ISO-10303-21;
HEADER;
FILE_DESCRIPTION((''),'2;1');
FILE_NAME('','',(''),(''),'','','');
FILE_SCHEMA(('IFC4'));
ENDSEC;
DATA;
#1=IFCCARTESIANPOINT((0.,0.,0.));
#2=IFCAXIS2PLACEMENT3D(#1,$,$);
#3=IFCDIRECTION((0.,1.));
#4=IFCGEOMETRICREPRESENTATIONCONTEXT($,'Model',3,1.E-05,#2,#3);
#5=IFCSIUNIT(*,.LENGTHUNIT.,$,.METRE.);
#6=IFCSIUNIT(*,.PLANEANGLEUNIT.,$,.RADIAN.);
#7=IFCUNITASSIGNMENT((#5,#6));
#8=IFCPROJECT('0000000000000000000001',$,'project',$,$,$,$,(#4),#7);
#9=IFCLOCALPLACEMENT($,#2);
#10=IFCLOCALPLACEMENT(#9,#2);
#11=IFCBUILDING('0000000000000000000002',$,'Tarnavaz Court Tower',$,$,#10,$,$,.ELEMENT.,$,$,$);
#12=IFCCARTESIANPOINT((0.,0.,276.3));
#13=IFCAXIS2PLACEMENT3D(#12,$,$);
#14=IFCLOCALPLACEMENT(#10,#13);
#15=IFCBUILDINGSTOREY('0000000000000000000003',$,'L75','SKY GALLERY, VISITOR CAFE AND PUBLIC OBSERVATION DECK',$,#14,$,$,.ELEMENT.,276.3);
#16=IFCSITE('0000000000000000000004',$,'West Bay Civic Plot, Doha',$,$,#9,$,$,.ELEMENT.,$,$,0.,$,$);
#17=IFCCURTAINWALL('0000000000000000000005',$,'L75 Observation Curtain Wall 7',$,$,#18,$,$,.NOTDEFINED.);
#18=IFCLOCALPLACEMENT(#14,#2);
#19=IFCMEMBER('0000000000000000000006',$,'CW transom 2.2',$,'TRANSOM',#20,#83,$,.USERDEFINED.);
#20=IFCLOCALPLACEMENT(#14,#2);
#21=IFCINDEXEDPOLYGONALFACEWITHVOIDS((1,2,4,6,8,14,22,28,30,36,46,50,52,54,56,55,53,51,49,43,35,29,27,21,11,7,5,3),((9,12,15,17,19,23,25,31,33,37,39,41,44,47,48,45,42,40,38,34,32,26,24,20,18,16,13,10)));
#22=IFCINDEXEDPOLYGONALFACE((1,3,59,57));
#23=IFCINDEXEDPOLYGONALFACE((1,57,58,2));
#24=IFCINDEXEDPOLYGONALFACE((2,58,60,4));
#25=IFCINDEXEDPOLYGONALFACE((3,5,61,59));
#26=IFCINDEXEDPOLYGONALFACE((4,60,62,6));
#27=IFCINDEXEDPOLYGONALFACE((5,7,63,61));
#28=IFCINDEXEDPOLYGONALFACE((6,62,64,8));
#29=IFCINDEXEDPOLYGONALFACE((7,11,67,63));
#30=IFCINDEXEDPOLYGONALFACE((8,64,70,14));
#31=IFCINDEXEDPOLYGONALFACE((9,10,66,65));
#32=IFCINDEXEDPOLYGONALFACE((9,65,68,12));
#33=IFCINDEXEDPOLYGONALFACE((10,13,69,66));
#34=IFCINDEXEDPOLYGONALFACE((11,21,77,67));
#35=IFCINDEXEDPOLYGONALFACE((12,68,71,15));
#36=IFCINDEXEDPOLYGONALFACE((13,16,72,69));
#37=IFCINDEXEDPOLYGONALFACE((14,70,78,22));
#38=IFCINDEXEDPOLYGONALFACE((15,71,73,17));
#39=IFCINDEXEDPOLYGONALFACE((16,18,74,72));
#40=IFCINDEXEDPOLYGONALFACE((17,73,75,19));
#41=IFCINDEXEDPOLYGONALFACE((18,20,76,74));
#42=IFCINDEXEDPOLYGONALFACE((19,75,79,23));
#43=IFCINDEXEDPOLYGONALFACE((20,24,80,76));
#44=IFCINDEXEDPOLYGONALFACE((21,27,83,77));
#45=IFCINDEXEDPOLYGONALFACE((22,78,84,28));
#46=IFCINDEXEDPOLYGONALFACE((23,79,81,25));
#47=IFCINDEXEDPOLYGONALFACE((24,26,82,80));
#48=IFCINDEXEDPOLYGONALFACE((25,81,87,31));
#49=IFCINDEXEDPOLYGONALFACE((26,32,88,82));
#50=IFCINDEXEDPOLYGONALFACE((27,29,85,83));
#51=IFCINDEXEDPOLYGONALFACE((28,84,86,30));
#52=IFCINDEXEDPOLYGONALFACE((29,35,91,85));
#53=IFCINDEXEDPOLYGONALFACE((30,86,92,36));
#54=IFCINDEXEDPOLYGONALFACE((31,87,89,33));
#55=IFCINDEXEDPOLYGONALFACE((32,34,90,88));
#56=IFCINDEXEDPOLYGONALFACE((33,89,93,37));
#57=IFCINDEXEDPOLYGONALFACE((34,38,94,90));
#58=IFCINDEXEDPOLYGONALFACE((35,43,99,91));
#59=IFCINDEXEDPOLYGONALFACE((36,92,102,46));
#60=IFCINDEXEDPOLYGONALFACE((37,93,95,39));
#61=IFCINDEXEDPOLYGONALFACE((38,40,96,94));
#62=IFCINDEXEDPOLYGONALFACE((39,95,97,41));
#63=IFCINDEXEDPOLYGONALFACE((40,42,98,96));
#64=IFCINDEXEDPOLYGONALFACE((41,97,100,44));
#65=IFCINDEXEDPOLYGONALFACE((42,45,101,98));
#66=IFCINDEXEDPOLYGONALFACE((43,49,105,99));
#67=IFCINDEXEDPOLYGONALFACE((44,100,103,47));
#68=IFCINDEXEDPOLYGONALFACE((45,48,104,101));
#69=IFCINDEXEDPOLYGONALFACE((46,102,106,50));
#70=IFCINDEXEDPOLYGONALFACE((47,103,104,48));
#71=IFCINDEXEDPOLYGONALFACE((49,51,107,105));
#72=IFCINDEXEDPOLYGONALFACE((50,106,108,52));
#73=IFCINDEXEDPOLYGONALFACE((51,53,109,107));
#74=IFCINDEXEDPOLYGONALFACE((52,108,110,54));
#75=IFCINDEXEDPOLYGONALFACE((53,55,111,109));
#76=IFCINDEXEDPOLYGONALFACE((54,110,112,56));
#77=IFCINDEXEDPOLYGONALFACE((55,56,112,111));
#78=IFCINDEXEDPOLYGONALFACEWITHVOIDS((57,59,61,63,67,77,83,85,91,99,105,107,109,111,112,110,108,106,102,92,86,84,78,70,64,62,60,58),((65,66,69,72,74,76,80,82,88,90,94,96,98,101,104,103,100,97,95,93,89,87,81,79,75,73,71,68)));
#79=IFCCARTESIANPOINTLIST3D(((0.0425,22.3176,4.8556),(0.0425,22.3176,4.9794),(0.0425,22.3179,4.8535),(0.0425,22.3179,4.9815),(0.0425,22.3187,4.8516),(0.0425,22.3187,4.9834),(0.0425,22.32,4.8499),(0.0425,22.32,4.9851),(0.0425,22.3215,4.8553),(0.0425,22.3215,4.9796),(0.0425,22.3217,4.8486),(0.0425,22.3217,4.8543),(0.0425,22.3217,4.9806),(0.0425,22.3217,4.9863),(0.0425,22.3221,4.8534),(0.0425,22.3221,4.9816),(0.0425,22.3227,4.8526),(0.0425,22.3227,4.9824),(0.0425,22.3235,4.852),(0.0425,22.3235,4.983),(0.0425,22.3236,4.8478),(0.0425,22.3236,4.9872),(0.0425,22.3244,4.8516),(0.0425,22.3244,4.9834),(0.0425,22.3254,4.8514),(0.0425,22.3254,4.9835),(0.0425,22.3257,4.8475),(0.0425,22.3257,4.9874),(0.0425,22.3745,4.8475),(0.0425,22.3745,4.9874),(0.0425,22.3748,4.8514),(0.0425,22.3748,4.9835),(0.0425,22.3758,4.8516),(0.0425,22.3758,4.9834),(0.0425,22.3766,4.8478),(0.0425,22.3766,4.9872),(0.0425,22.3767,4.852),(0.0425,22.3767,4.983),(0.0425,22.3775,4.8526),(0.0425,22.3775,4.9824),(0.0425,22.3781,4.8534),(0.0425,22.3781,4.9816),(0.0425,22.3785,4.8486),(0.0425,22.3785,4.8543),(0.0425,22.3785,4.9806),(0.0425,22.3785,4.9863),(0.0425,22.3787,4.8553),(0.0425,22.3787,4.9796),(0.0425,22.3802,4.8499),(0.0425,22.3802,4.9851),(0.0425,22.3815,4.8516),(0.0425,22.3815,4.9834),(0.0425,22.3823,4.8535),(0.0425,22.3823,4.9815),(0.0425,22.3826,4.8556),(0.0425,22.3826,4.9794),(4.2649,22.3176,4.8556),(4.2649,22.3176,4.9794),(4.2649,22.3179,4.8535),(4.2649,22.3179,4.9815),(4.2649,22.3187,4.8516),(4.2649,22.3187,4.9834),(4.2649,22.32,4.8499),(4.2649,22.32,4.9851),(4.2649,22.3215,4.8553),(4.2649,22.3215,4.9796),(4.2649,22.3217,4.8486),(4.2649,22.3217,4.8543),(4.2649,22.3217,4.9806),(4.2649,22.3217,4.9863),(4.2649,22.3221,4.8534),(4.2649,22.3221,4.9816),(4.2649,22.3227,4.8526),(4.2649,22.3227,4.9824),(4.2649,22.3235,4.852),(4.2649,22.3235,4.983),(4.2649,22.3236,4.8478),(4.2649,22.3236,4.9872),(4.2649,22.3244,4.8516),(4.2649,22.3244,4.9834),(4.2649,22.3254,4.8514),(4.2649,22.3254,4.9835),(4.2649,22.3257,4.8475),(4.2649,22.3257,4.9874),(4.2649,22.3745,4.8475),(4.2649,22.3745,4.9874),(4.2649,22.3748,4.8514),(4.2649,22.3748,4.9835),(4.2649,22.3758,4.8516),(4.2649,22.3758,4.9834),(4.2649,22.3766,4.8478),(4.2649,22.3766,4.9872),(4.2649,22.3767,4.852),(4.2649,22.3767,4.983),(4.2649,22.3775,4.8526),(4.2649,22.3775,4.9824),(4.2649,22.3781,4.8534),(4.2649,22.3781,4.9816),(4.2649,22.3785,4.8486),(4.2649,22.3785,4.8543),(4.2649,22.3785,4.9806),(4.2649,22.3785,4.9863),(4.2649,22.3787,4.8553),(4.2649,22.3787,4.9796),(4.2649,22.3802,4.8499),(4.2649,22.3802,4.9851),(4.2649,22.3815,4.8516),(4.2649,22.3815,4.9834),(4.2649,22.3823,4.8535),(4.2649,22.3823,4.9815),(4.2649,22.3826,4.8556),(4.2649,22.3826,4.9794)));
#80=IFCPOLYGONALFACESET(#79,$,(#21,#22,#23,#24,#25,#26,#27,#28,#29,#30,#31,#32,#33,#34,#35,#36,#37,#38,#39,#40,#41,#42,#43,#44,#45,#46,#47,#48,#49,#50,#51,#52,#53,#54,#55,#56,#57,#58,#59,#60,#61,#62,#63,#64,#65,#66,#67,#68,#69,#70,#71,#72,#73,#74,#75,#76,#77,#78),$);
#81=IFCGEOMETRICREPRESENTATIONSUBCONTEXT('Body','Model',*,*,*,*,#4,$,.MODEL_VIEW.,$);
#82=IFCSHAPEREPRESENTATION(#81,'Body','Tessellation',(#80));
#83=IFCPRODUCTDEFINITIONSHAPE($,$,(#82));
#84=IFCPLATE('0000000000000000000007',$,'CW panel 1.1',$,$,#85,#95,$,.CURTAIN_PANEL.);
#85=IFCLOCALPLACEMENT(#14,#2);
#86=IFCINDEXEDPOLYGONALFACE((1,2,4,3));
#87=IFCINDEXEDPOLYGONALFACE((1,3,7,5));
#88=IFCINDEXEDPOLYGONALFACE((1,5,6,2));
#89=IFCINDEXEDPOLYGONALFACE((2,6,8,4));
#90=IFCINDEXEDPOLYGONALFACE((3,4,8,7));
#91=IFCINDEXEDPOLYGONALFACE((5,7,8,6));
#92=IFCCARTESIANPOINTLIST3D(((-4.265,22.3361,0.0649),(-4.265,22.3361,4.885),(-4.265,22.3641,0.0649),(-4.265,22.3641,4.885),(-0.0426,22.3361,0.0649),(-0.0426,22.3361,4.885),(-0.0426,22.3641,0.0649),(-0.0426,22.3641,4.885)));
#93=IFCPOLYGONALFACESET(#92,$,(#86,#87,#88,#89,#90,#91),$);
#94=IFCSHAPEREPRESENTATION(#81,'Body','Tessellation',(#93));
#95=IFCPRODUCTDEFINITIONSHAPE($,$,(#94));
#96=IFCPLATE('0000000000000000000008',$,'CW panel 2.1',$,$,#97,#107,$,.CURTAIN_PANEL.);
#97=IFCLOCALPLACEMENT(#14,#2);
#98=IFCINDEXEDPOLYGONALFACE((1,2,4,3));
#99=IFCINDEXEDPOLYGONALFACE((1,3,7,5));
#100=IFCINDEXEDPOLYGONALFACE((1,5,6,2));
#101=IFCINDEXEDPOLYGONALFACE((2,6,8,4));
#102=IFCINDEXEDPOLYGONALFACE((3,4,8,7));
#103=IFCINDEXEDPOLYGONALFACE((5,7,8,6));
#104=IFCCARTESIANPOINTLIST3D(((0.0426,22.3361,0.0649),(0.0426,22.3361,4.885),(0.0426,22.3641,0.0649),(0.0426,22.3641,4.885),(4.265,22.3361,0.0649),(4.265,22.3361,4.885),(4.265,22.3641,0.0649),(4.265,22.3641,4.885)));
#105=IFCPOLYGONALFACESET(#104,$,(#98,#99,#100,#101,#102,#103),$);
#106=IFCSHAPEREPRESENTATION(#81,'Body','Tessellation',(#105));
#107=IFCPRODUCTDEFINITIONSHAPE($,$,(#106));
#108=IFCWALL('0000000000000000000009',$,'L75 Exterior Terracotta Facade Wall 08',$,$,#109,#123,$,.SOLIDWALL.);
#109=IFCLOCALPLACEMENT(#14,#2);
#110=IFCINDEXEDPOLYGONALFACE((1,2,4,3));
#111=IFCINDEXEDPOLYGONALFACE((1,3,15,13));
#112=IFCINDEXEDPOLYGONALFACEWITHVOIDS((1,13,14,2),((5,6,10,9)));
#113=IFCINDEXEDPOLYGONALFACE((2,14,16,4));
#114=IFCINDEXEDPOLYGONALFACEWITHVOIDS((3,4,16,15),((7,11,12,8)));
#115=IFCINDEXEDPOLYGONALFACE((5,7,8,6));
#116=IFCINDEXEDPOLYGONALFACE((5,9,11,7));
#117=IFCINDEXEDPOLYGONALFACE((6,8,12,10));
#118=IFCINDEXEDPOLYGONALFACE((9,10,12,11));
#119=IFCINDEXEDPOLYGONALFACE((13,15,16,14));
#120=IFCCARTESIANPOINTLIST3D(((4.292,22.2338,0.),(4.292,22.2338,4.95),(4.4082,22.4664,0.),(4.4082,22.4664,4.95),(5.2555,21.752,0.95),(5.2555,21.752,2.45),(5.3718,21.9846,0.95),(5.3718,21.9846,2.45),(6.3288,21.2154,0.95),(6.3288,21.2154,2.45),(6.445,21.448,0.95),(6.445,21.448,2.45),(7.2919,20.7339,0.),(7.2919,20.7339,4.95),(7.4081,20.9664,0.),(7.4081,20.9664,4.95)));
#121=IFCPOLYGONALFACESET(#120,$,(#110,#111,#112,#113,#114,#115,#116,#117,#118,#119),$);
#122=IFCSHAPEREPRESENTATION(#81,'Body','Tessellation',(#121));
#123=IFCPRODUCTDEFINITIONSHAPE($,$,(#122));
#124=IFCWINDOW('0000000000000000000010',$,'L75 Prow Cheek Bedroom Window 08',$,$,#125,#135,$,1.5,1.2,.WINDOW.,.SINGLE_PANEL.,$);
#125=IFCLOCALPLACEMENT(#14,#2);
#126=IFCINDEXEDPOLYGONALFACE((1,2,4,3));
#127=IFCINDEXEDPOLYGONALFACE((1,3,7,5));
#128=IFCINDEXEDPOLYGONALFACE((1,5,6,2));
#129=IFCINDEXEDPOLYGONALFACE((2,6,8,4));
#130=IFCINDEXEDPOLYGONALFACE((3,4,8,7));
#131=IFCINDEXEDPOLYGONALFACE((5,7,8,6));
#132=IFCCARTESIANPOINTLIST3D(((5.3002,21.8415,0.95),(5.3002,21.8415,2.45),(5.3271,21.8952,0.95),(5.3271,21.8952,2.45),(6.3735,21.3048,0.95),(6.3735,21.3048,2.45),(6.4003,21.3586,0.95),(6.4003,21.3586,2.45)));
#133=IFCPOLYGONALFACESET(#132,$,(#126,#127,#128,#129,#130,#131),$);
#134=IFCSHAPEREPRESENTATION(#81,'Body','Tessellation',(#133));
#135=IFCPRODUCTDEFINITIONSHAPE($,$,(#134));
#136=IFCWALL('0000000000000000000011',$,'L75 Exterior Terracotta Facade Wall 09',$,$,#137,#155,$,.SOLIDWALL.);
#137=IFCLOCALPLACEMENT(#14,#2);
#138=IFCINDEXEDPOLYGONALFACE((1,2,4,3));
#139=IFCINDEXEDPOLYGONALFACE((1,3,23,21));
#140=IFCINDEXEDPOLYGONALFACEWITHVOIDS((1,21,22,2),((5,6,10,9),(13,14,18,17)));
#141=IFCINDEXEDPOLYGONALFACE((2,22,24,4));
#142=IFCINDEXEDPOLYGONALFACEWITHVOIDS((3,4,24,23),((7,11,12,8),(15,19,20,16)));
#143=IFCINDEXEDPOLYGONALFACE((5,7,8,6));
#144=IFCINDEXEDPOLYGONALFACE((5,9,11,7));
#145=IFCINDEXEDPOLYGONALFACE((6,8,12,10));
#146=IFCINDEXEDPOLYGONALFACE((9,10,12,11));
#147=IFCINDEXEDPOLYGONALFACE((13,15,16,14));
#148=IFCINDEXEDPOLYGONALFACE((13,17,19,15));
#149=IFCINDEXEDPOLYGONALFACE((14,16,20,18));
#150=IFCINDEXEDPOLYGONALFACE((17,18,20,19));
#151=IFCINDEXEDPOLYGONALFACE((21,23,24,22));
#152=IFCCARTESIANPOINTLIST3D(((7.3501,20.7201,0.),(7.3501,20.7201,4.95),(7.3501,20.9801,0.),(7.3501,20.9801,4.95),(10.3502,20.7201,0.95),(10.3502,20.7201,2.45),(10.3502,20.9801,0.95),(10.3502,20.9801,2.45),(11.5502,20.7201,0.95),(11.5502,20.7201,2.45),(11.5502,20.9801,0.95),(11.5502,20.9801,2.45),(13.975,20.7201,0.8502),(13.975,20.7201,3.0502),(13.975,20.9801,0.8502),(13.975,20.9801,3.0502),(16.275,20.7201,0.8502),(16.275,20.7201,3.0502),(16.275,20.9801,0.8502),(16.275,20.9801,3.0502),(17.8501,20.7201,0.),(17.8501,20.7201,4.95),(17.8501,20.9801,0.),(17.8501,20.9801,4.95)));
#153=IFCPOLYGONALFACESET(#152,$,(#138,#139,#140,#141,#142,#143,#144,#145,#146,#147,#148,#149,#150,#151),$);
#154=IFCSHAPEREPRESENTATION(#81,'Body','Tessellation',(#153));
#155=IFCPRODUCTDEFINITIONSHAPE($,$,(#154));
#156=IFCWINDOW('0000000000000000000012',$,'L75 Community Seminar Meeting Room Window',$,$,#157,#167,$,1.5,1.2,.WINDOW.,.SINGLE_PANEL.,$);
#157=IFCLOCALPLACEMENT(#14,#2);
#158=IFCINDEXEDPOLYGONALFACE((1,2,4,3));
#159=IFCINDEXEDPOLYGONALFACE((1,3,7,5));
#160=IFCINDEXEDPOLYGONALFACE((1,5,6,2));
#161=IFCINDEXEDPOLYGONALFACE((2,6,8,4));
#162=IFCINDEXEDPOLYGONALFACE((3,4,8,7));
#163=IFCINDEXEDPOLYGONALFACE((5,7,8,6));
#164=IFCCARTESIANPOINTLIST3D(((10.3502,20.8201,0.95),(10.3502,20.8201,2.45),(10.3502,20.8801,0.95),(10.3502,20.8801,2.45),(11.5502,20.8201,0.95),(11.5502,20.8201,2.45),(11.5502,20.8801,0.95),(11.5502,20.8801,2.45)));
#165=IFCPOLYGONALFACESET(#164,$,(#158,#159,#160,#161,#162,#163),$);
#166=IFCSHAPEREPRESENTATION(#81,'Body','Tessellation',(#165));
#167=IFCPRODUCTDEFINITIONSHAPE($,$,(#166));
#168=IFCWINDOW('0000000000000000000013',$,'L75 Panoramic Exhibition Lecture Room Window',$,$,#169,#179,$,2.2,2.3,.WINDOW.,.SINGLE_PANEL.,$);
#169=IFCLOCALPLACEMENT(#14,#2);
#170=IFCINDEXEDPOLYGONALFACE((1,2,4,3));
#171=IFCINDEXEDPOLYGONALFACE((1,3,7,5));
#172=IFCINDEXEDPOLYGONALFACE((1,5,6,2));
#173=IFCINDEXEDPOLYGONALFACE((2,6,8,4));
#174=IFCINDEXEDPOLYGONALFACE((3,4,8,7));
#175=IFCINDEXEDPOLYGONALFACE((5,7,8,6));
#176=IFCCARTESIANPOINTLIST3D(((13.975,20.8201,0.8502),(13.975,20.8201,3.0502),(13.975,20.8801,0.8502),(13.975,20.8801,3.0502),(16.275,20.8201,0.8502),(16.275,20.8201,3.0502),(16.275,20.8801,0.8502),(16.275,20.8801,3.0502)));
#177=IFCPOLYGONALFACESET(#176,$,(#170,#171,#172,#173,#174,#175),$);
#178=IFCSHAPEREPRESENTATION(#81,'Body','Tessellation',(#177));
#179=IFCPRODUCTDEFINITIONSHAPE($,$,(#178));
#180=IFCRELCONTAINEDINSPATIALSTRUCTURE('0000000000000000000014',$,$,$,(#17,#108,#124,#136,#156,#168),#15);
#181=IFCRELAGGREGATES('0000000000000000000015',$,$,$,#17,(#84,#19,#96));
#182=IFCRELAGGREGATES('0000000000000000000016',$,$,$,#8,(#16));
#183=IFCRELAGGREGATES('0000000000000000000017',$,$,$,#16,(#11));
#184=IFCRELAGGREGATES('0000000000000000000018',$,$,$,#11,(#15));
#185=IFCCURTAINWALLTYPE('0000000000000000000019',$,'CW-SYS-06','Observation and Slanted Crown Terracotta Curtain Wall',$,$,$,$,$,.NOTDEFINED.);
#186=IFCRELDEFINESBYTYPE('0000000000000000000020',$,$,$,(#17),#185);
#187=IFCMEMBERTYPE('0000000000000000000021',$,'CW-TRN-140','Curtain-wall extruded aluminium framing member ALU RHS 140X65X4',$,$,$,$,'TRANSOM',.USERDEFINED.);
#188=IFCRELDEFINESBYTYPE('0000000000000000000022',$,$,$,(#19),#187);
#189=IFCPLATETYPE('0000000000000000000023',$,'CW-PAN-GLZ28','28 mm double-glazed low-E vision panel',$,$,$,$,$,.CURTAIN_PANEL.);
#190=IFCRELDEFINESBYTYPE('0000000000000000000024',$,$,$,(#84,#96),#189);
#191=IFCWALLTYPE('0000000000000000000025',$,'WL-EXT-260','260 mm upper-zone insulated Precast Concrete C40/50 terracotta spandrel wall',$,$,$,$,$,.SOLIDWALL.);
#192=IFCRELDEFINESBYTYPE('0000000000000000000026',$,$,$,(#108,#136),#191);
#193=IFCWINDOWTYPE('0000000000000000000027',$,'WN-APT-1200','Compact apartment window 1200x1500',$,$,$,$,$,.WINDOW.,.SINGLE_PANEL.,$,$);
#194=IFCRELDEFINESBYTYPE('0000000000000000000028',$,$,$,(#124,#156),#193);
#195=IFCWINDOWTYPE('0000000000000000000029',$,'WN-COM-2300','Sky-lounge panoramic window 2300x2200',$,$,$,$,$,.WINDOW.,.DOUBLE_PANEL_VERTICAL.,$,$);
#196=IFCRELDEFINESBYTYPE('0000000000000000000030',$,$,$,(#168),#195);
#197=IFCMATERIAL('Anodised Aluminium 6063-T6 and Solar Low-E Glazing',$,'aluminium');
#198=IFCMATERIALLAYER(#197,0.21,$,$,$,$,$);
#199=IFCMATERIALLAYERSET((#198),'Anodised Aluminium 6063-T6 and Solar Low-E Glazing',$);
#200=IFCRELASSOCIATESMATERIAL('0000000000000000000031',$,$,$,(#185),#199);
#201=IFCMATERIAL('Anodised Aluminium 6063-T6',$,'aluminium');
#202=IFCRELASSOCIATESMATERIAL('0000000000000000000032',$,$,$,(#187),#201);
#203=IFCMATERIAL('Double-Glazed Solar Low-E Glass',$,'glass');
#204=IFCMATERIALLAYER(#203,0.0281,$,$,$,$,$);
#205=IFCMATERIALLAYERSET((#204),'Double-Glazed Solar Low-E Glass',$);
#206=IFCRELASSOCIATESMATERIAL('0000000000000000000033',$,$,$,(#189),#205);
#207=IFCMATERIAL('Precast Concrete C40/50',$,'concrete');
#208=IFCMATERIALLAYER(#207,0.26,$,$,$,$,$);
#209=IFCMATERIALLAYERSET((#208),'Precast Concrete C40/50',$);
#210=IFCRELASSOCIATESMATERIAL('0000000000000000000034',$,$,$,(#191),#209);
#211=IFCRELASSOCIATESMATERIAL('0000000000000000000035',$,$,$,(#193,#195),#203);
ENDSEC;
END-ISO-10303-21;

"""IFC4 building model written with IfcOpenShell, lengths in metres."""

from ifc_helpers import new_model, si_unit, direction, frame, frame_2d, origin, origin_2d, place, context, subcontext, project, spatial, rectangle, hollow_rectangle, extrude, material, layer, layer_set, material_profile, profile_set, type_object, element, fill, aggregate, save


model = new_model("IFC4")

# Units and contexts
model_context = context("Model", 3, precision=1e-05, world=origin(), true_north=direction((0.0, 1.0)))
body_context = subcontext(model_context, "Body", "Model", "MODEL_VIEW")
ifc_project = project(units=[si_unit("LENGTHUNIT", "METRE"), si_unit("PLANEANGLEUNIT", "RADIAN")], contexts=[model_context])

# Site, building, storey
site_placement = place(None, origin())
site = spatial("IfcSite", under=ifc_project, at=site_placement, Name="West Bay Civic Plot, Doha", CompositionType="ELEMENT", RefElevation=0.0)
building_placement = place(site_placement, origin())
building = spatial("IfcBuilding", under=site, at=building_placement, Name="Tarnavaz Court Tower", CompositionType="ELEMENT")
storey_placement = place(building_placement, frame((0.0, 0.0, 276.3)))
storey = spatial("IfcBuildingStorey", under=building, at=storey_placement, Name="L75", Description="SKY GALLERY, VISITOR CAFE AND PUBLIC OBSERVATION DECK", CompositionType="ELEMENT", Elevation=276.3)

# Curtain wall, member, plates
ifc_material_1 = material(Name="Anodised Aluminium 6063-T6 and Solar Low-E Glazing", Category="aluminium")
ifc_layer_1 = layer(ifc_material_1, 0.21)
ifc_layer_set_1 = layer_set([ifc_layer_1], Name="Anodised Aluminium 6063-T6 and Solar Low-E Glazing")
curtain_wall_type = type_object("IfcCurtainWallType", Name="CW-SYS-06", Description="Observation and Slanted Crown Terracotta Curtain Wall", PredefinedType="NOTDEFINED", material=ifc_layer_set_1)
curtain_wall_placement = place(storey_placement, origin())
curtain_wall = element("IfcCurtainWall", 1, at=curtain_wall_placement, inside=storey, type_object=curtain_wall_type, Name="L75 Observation Curtain Wall 7", PredefinedType="NOTDEFINED")
ifc_material_2 = material(Name="Anodised Aluminium 6063-T6", Category="aluminium")
ifc_material_profile_1 = material_profile(ifc_material_2, hollow_rectangle(XDim=0.0649, YDim=0.1399, WallThickness=0.0039, InnerFilletRadius=0.0039, OuterFilletRadius=0.0081, at=origin_2d()), Name="ALU RHS 140X65X4")
ifc_profile_set_1 = profile_set([ifc_material_profile_1], Name="Anodised Aluminium 6063-T6")
member_type_1 = type_object("IfcMemberType", Name="CW-TRN-140", Description="Curtain-wall extruded aluminium framing member ALU RHS 140X65X4", ElementType="TRANSOM", PredefinedType="USERDEFINED", material=ifc_profile_set_1)
member_1_placement = place(storey_placement, frame((0.0425, 22.3501, 4.9175), z_axis=(1.0, 0.0, 0.0), x_axis=(0.0, 1.0, 0.0)))
member_1 = element("IfcMember", 2, at=member_1_placement, type_object=member_type_1, Name="CW transom 2.2", ObjectType="TRANSOM", PredefinedType="USERDEFINED", context=body_context, shape_type="SweptSolid", body=[
    extrude(hollow_rectangle(XDim=0.0649, YDim=0.1399, WallThickness=0.0039, InnerFilletRadius=0.0039, OuterFilletRadius=0.0081, at=origin_2d()), origin(), (0.0, 0.0, 1.0), 4.2224),
])
ifc_material_3 = material(Name="Double-Glazed Solar Low-E Glass", Category="glass")
ifc_layer_2 = layer(ifc_material_3, 0.0281)
ifc_layer_set_2 = layer_set([ifc_layer_2], Name="Double-Glazed Solar Low-E Glass")
plate_type = type_object("IfcPlateType", Name="CW-PAN-GLZ28", Description="28 mm double-glazed low-E vision panel", PredefinedType="CURTAIN_PANEL", material=ifc_layer_set_2)
plate_1_placement = place(storey_placement, frame((-2.1538, 22.3501, 0.0649), z_axis=(0.0, 0.0, 1.0), x_axis=(1.0, 0.0, 0.0)))
plate_1 = element("IfcPlate", 3, at=plate_1_placement, type_object=plate_type, Name="CW panel 1.1", PredefinedType="CURTAIN_PANEL", context=body_context, shape_type="SweptSolid", body=[
    extrude(rectangle(XDim=4.2224, YDim=0.0281, at=origin_2d()), origin(), (0.0, 0.0, 1.0), 4.8201),
])
plate_2_placement = place(storey_placement, frame((2.1538, 22.3501, 0.0649), z_axis=(0.0, 0.0, 1.0), x_axis=(1.0, 0.0, 0.0)))
plate_2 = element("IfcPlate", 4, at=plate_2_placement, type_object=plate_type, Name="CW panel 2.1", PredefinedType="CURTAIN_PANEL", context=body_context, shape_type="SweptSolid", body=[
    extrude(rectangle(XDim=4.2224, YDim=0.0281, at=origin_2d()), origin(), (0.0, 0.0, 1.0), 4.8201),
])
aggregate(curtain_wall, [plate_1, member_1, plate_2])

# Wall, opening, window
ifc_material_4 = material(Name="Precast Concrete C40/50", Category="concrete")
ifc_layer_3 = layer(ifc_material_4, 0.26)
ifc_layer_set_3 = layer_set([ifc_layer_3], Name="Precast Concrete C40/50")
wall_type = type_object("IfcWallType", Name="WL-EXT-260", Description="260 mm upper-zone insulated Precast Concrete C40/50 terracotta spandrel wall", PredefinedType="SOLIDWALL", material=ifc_layer_set_3)
wall_1_placement = place(storey_placement, frame((4.3501, 22.3501, 0.0), z_axis=(0.0, 0.0, 1.0), x_axis=(0.894427, -0.447214, 0.0)))
wall_1 = element("IfcWall", 5, at=wall_1_placement, inside=storey, type_object=wall_type, Name="L75 Exterior Terracotta Facade Wall 08", PredefinedType="SOLIDWALL", context=body_context, shape_type="SweptSolid", body=[
    extrude(rectangle(XDim=3.354, YDim=0.26, at=frame_2d((1.677, 0.0))), origin(), (0.0, 0.0, 1.0), 4.95),
])
opening_1_placement = place(wall_1_placement, frame((1.0771, 0.0, 0.95)))
opening_1 = element("IfcOpeningElement", 6, at=opening_1_placement, cuts=wall_1, PredefinedType="OPENING", context=body_context, shape_type="SweptSolid", body=[
    extrude(rectangle(XDim=1.2, YDim=1.5, at=frame_2d((0.6001, 0.75))), frame((0.0, 0.1399, 0.0), z_axis=(0.0, -1.0, 0.0), x_axis=(1.0, 0.0, 0.0)), (0.0, 0.0, 1.0), 0.28),
])
window_type_1 = type_object("IfcWindowType", Name="WN-APT-1200", Description="Compact apartment window 1200x1500", PartitioningType="SINGLE_PANEL", PredefinedType="WINDOW", material=ifc_material_3)
window_1_placement = place(opening_1_placement, origin())
window_1 = element("IfcWindow", 7, at=window_1_placement, inside=storey, type_object=window_type_1, Name="L75 Prow Cheek Bedroom Window 08", OverallHeight=1.5, OverallWidth=1.2, PartitioningType="SINGLE_PANEL", PredefinedType="WINDOW", context=body_context, shape_type="SweptSolid", body=[
    extrude(rectangle(XDim=1.2, YDim=1.5, at=frame_2d((0.6001, 0.75))), frame((0.0, 0.03, 0.0), z_axis=(0.0, -1.0, 0.0), x_axis=(1.0, 0.0, 0.0)), (0.0, 0.0, 1.0), 0.0601),
])
fill(opening_1, window_1)

# Wall, openings, windows
wall_2_placement = place(storey_placement, frame((7.3501, 20.8501, 0.0), z_axis=(0.0, 0.0, 1.0), x_axis=(1.0, 0.0, 0.0)))
wall_2 = element("IfcWall", 8, at=wall_2_placement, inside=storey, type_object=wall_type, Name="L75 Exterior Terracotta Facade Wall 09", PredefinedType="SOLIDWALL", context=body_context, shape_type="SweptSolid", body=[
    extrude(rectangle(XDim=10.5, YDim=0.26, at=frame_2d((5.25, 0.0))), origin(), (0.0, 0.0, 1.0), 4.95),
])
opening_2_placement = place(wall_2_placement, frame((3.0, 0.0, 0.95)))
opening_2 = element("IfcOpeningElement", 9, at=opening_2_placement, cuts=wall_2, PredefinedType="OPENING", context=body_context, shape_type="SweptSolid", body=[
    extrude(rectangle(XDim=1.2, YDim=1.5, at=frame_2d((0.6001, 0.75))), frame((0.0, 0.1399, 0.0), z_axis=(0.0, -1.0, 0.0), x_axis=(1.0, 0.0, 0.0)), (0.0, 0.0, 1.0), 0.28),
])
opening_3_placement = place(wall_2_placement, frame((6.625, 0.0, 0.8501)))
opening_3 = element("IfcOpeningElement", 10, at=opening_3_placement, cuts=wall_2, PredefinedType="OPENING", context=body_context, shape_type="SweptSolid", body=[
    extrude(rectangle(XDim=2.3, YDim=2.2, at=frame_2d((1.1499, 1.1001))), frame((0.0, 0.1399, 0.0), z_axis=(0.0, -1.0, 0.0), x_axis=(1.0, 0.0, 0.0)), (0.0, 0.0, 1.0), 0.28),
])
window_2_placement = place(opening_2_placement, origin())
window_2 = element("IfcWindow", 11, at=window_2_placement, inside=storey, type_object=window_type_1, Name="L75 Community Seminar Meeting Room Window", OverallHeight=1.5, OverallWidth=1.2, PartitioningType="SINGLE_PANEL", PredefinedType="WINDOW", context=body_context, shape_type="SweptSolid", body=[
    extrude(rectangle(XDim=1.2, YDim=1.5, at=frame_2d((0.6001, 0.75))), frame((0.0, 0.03, 0.0), z_axis=(0.0, -1.0, 0.0), x_axis=(1.0, 0.0, 0.0)), (0.0, 0.0, 1.0), 0.0601),
])
fill(opening_2, window_2)
window_type_2 = type_object("IfcWindowType", Name="WN-COM-2300", Description="Sky-lounge panoramic window 2300x2200", PartitioningType="DOUBLE_PANEL_VERTICAL", PredefinedType="WINDOW", material=ifc_material_3)
window_3_placement = place(opening_3_placement, origin())
window_3 = element("IfcWindow", 12, at=window_3_placement, inside=storey, type_object=window_type_2, Name="L75 Panoramic Exhibition Lecture Room Window", OverallHeight=2.2, OverallWidth=2.3, PartitioningType="SINGLE_PANEL", PredefinedType="WINDOW", context=body_context, shape_type="SweptSolid", body=[
    extrude(rectangle(XDim=2.3, YDim=2.2, at=frame_2d((1.1499, 1.1001))), frame((0.0, 0.03, 0.0), z_axis=(0.0, -1.0, 0.0), x_axis=(1.0, 0.0, 0.0)), (0.0, 0.0, 1.0), 0.0601),
])
fill(opening_3, window_3)

save(model, "model.ifc")
